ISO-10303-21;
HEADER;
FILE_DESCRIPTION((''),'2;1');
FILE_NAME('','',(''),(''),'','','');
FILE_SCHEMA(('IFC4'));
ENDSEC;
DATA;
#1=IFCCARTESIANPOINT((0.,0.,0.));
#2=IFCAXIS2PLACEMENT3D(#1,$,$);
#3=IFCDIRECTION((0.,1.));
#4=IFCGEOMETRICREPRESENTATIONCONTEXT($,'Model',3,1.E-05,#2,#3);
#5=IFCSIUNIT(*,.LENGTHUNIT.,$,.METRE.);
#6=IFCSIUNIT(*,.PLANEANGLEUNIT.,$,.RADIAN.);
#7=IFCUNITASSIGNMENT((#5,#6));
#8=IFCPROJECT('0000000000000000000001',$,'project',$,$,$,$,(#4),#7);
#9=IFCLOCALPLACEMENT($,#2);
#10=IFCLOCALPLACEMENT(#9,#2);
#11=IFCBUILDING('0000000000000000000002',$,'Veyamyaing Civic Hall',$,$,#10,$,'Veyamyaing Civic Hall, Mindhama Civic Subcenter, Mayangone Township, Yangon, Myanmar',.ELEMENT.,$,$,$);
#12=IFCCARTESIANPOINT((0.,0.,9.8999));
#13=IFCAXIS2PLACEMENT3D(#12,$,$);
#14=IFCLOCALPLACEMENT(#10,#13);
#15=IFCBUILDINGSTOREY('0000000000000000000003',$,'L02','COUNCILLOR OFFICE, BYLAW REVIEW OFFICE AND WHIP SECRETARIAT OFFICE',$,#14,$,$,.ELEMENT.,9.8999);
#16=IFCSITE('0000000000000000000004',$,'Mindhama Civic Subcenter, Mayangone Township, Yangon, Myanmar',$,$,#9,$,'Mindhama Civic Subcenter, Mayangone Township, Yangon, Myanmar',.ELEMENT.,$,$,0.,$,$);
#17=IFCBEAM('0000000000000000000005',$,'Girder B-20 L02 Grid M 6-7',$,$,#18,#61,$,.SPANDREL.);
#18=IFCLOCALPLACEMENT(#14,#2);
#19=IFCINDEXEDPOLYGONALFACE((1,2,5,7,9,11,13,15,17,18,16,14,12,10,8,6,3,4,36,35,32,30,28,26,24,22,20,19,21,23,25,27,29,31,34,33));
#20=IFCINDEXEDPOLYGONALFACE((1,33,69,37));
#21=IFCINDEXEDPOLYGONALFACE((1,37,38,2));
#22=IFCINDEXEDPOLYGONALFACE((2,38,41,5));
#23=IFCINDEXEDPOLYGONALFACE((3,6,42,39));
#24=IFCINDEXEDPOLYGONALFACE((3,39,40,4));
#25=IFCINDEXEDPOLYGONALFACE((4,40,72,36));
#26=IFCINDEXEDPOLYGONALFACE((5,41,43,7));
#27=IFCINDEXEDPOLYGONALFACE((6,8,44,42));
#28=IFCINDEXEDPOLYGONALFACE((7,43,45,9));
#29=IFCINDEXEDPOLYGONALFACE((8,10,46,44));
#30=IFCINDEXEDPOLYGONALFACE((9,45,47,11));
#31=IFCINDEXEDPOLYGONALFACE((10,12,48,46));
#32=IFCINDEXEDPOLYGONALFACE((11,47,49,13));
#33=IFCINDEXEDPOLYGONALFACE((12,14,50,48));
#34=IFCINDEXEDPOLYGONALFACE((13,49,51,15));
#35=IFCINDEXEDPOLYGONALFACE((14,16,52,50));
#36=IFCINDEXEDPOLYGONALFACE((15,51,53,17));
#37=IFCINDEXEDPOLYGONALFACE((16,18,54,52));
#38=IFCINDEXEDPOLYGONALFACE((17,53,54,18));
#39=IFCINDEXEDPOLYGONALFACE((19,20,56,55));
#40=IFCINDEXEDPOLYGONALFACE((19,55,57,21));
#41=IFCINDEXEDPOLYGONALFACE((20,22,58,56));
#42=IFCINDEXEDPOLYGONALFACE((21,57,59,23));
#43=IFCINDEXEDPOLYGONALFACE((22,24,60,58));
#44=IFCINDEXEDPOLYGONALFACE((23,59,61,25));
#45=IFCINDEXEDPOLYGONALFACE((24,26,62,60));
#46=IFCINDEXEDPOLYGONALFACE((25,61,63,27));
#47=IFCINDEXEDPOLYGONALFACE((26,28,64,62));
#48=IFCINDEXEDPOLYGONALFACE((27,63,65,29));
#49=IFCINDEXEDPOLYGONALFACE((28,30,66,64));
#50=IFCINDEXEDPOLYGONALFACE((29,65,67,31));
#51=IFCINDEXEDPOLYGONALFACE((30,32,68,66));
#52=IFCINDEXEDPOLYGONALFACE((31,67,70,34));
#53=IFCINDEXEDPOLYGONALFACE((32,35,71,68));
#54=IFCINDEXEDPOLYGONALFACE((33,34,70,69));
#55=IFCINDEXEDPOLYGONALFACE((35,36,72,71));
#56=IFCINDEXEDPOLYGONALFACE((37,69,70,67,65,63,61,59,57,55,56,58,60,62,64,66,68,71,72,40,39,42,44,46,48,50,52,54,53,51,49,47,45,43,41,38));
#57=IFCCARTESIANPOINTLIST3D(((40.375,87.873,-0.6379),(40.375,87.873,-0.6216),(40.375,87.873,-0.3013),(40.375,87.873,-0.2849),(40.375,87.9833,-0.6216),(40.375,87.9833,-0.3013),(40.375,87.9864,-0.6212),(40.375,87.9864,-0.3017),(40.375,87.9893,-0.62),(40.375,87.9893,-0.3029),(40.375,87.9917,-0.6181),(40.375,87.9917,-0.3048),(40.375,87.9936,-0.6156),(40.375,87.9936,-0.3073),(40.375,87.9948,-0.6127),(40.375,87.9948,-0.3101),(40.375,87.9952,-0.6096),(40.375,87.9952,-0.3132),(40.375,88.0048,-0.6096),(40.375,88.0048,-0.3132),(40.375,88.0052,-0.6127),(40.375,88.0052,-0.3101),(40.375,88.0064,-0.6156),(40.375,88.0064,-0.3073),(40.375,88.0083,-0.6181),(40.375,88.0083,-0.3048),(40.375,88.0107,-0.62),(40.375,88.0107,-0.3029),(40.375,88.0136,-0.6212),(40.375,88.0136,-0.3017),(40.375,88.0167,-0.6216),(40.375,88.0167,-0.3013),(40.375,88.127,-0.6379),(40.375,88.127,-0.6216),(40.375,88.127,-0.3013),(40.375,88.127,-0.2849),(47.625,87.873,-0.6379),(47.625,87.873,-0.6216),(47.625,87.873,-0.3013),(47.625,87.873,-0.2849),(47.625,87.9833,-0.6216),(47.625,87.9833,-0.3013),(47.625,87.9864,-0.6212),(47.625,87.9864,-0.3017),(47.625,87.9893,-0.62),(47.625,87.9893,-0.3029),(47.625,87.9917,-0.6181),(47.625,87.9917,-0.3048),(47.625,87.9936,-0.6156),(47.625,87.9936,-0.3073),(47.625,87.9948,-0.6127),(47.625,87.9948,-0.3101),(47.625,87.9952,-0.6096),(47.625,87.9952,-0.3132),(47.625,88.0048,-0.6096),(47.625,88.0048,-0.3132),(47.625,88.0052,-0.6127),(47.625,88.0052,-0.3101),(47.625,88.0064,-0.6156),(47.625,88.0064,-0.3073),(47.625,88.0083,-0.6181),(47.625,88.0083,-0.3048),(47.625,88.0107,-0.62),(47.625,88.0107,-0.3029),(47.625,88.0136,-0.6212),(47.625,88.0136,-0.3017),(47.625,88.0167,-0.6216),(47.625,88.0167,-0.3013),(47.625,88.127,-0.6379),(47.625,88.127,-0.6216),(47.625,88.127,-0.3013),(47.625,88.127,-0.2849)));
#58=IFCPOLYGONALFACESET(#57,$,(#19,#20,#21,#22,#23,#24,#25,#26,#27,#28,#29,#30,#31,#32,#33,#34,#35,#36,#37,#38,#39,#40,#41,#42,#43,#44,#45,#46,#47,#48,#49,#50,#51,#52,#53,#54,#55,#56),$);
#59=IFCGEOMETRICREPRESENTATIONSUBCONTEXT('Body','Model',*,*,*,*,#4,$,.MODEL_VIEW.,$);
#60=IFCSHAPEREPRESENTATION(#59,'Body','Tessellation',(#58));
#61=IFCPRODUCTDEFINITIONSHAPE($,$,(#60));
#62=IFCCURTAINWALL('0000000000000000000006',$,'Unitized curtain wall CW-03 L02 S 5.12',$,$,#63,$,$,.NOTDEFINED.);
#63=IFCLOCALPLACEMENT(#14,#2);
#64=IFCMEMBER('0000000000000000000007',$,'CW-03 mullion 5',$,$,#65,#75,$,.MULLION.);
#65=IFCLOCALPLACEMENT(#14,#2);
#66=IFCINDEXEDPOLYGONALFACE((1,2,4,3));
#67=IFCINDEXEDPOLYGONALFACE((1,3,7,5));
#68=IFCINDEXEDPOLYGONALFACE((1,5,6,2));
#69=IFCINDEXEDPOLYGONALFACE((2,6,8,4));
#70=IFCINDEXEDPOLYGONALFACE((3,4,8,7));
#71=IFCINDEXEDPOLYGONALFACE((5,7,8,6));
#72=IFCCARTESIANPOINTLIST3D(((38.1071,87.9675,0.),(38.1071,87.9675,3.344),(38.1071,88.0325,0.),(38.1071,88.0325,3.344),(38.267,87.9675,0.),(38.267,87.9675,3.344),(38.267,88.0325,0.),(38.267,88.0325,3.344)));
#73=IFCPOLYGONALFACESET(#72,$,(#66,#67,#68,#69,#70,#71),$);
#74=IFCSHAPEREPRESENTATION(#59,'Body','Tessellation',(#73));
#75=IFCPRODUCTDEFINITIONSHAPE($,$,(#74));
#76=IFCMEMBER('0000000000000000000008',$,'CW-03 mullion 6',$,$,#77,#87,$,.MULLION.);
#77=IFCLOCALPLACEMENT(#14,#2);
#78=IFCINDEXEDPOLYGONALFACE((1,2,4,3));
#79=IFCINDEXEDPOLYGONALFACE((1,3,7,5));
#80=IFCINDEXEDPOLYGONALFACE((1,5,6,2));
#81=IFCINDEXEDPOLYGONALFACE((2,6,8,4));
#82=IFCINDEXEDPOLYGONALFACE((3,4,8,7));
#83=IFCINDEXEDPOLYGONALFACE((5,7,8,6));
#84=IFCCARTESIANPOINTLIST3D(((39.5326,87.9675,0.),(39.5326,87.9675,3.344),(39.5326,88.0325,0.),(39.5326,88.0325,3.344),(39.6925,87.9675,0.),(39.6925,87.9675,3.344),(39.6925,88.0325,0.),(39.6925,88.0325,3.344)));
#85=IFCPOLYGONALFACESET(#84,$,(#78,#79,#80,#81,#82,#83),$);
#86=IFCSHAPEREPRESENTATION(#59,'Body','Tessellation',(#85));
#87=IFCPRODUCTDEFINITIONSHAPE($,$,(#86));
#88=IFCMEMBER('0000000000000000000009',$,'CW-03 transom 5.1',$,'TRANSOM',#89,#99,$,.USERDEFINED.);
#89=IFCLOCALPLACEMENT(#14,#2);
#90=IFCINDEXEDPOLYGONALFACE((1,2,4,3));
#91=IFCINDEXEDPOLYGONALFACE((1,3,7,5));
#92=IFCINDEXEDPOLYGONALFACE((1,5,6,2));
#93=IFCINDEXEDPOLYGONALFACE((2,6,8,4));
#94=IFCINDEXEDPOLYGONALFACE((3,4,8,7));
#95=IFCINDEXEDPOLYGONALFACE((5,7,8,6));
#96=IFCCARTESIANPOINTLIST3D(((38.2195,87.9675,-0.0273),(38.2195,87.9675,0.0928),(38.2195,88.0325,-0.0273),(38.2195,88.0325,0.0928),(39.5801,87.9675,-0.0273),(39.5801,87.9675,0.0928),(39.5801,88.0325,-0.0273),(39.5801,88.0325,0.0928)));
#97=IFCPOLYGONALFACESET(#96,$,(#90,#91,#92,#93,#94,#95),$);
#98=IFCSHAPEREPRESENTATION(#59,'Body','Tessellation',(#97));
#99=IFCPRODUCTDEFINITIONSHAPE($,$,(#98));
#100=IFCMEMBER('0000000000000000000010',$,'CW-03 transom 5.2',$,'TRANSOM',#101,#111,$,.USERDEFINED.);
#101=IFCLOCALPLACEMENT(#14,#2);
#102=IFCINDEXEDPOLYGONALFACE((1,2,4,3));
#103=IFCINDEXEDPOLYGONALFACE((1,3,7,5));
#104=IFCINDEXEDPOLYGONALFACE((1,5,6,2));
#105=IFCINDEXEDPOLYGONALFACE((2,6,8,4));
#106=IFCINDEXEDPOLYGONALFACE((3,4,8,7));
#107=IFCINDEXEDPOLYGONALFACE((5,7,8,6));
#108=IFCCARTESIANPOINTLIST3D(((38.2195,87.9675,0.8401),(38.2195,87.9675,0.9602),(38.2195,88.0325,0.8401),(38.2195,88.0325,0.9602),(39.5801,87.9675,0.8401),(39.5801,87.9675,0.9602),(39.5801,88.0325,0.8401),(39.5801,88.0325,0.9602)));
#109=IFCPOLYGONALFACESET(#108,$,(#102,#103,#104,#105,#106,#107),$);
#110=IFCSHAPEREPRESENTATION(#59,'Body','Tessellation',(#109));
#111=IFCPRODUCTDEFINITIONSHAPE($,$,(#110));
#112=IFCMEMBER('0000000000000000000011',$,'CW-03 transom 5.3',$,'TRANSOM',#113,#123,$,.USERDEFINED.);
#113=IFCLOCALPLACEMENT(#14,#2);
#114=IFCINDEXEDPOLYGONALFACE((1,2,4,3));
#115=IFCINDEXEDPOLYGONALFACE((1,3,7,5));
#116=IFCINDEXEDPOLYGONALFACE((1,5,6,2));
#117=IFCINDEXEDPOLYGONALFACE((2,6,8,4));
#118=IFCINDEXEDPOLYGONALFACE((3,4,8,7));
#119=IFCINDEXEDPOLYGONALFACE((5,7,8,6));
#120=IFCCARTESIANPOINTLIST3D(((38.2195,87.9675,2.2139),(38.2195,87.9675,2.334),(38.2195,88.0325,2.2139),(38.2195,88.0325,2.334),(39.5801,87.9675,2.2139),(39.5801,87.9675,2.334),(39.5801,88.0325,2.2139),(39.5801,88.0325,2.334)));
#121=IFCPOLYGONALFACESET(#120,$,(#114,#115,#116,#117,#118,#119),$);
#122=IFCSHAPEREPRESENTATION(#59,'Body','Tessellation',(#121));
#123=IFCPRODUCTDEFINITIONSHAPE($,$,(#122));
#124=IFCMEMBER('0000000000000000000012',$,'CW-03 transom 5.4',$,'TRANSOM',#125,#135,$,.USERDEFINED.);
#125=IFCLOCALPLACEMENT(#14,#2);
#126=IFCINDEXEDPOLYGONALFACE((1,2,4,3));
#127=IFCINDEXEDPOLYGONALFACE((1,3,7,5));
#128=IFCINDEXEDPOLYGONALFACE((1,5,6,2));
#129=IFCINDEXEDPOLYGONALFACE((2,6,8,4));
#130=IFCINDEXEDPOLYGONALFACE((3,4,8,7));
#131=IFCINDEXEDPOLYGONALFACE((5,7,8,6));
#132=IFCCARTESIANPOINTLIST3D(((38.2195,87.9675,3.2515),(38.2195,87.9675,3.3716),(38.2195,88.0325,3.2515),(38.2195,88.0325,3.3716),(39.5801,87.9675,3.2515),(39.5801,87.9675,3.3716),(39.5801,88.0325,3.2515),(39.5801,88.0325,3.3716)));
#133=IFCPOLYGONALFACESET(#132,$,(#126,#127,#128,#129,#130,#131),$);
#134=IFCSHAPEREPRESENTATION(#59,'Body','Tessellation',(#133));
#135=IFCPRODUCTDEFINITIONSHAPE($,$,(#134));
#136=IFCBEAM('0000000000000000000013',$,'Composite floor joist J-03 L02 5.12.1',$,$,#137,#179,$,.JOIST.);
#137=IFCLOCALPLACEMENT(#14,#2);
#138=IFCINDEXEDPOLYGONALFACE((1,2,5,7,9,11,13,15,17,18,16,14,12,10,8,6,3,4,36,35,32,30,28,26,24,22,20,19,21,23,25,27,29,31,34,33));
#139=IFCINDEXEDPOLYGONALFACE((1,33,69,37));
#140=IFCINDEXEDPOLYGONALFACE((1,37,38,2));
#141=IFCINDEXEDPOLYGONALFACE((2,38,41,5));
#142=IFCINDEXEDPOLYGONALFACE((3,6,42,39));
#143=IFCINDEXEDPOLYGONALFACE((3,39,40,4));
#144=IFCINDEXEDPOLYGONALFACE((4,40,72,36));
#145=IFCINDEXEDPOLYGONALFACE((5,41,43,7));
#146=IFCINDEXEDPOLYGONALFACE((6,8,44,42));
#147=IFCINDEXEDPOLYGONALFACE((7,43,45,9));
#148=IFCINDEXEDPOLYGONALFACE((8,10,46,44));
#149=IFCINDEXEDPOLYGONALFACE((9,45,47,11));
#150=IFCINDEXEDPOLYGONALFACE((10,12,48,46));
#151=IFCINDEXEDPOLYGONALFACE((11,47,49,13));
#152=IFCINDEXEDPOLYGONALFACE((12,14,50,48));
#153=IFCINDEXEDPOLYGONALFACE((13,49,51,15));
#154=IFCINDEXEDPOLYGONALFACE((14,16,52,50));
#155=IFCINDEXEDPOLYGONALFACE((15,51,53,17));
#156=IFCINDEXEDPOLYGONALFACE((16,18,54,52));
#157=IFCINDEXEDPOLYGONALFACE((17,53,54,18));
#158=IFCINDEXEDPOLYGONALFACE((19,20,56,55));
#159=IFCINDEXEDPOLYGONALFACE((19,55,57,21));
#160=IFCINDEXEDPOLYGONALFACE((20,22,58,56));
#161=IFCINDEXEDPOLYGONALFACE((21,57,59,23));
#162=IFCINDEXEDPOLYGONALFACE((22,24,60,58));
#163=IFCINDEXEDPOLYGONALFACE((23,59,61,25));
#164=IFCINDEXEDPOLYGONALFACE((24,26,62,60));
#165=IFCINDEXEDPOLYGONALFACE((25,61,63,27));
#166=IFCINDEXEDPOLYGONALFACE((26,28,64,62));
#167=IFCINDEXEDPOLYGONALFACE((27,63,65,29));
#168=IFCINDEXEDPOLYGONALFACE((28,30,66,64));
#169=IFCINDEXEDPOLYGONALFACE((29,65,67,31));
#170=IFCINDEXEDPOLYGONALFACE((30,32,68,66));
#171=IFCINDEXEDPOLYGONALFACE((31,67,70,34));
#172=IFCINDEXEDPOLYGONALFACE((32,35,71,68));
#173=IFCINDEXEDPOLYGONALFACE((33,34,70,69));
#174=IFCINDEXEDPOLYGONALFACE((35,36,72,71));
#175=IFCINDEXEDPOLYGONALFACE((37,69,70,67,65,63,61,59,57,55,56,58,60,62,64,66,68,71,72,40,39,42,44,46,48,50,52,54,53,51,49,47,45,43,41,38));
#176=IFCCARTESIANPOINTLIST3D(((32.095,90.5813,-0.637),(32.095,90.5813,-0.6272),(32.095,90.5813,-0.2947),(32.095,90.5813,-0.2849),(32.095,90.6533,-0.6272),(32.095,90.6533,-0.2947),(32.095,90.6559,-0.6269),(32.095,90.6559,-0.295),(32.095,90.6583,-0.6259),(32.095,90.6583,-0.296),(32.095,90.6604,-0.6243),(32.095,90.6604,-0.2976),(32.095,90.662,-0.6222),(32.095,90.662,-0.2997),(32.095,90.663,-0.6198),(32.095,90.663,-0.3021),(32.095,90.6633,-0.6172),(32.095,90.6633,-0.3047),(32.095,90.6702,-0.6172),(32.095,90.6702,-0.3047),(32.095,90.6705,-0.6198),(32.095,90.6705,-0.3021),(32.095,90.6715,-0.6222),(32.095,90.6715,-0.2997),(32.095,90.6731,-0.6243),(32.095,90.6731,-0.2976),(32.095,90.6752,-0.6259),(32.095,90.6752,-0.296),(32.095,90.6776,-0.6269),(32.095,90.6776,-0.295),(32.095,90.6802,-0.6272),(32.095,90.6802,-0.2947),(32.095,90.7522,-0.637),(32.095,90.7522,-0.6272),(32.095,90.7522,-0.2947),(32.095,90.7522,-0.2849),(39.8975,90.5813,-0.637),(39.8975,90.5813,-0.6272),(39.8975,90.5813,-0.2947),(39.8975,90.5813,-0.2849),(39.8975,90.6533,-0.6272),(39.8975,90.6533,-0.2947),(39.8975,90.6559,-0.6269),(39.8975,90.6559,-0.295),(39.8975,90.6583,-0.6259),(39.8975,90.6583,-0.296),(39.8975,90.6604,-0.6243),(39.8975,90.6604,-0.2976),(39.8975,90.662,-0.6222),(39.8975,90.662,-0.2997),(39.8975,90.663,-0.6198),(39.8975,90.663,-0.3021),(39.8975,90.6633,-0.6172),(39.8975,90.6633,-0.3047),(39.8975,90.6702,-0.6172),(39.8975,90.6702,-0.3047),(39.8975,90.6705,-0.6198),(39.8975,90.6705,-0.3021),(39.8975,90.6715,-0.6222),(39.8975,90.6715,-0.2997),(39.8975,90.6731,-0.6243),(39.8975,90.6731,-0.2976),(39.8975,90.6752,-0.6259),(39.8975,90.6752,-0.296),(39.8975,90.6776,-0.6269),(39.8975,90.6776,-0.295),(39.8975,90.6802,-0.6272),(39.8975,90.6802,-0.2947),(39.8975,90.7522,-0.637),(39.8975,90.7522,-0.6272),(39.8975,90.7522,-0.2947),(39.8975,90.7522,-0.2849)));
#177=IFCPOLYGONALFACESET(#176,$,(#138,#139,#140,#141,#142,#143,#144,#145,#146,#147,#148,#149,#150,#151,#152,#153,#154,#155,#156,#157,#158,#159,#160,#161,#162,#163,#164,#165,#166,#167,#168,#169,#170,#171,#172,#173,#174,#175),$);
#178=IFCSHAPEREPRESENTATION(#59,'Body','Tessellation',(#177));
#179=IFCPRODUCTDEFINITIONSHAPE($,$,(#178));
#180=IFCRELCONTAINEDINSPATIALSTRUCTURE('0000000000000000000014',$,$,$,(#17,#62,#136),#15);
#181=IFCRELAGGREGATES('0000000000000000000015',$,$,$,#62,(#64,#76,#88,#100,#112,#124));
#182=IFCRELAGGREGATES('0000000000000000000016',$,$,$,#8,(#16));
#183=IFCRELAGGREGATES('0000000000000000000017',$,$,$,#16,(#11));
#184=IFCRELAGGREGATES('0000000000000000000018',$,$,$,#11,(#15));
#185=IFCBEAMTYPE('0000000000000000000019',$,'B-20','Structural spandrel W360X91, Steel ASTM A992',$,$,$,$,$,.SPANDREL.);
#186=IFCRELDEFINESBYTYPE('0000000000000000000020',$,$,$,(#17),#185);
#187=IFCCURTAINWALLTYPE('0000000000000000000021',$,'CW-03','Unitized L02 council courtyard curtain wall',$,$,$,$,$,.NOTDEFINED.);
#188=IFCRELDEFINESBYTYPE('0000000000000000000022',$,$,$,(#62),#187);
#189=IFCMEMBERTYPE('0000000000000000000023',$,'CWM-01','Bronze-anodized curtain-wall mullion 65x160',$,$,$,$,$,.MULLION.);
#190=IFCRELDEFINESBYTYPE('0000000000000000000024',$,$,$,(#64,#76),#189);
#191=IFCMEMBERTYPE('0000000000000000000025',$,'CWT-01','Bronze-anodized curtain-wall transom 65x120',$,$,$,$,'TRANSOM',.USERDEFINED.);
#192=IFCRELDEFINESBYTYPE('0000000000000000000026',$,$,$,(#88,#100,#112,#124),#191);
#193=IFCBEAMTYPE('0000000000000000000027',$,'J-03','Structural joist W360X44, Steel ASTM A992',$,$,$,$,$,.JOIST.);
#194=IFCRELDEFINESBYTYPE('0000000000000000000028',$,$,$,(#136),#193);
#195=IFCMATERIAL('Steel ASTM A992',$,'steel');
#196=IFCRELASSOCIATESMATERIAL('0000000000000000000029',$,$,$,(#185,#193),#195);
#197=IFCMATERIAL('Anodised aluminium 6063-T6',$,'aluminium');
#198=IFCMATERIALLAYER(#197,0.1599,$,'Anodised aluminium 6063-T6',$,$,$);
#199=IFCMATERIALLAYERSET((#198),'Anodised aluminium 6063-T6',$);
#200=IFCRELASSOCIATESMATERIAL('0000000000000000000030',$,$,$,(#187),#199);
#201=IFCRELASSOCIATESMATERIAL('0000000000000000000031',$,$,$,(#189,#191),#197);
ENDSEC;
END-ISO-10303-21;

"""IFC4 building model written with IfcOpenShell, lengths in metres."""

from ifc_helpers import new_model, si_unit, direction, frame, origin, origin_2d, place, context, subcontext, project, spatial, rectangle, i_section, extrude, material, layer, layer_set, material_profile, profile_set, type_object, element, aggregate, save


model = new_model("IFC4")

# Units and contexts
model_context = context("Model", 3, precision=1e-05, world=origin(), true_north=direction((0.0, 1.0)))
body_context = subcontext(model_context, "Body", "Model", "MODEL_VIEW")
ifc_project = project(units=[si_unit("LENGTHUNIT", "METRE"), si_unit("PLANEANGLEUNIT", "RADIAN")], contexts=[model_context])

# Site, building, storey
site_placement = place(None, origin())
site = spatial("IfcSite", under=ifc_project, at=site_placement, Name="Mindhama Civic Subcenter, Mayangone Township, Yangon, Myanmar", LongName="Mindhama Civic Subcenter, Mayangone Township, Yangon, Myanmar", CompositionType="ELEMENT", RefElevation=0.0)
building_placement = place(site_placement, origin())
building = spatial("IfcBuilding", under=site, at=building_placement, Name="Veyamyaing Civic Hall", LongName="Veyamyaing Civic Hall, Mindhama Civic Subcenter, Mayangone Township, Yangon, Myanmar", CompositionType="ELEMENT")
storey_placement = place(building_placement, frame((0.0, 0.0, 9.8999)))
storey = spatial("IfcBuildingStorey", under=building, at=storey_placement, Name="L02", Description="COUNCILLOR OFFICE, BYLAW REVIEW OFFICE AND WHIP SECRETARIAT OFFICE", CompositionType="ELEMENT", Elevation=9.8999)

# Beam
ifc_material_1 = material(Name="Steel ASTM A992", Category="steel")
ifc_material_profile_1 = material_profile(ifc_material_1, i_section(OverallWidth=0.2539, OverallDepth=0.353, WebThickness=0.0095, FlangeThickness=0.0164, FilletRadius=0.012, at=origin_2d()), Name="W360X91")
ifc_profile_set_1 = profile_set([ifc_material_profile_1], Name="Steel ASTM A992")
beam_type_1 = type_object("IfcBeamType", Name="B-20", Description="Structural spandrel W360X91, Steel ASTM A992", PredefinedType="SPANDREL", material=ifc_profile_set_1)
beam_1_placement = place(storey_placement, frame((40.375, 88.0, -0.4614), z_axis=(1.0, 0.0, 0.0), x_axis=(0.0, 1.0, 0.0)))
element("IfcBeam", 1, at=beam_1_placement, inside=storey, type_object=beam_type_1, Name="Girder B-20 L02 Grid M 6-7", PredefinedType="SPANDREL", context=body_context, shape_type="SweptSolid", body=[
    extrude(i_section(OverallWidth=0.2539, OverallDepth=0.353, WebThickness=0.0095, FlangeThickness=0.0164, FilletRadius=0.012, at=origin_2d()), origin(), (0.0, 0.0, 1.0), 7.25),
])

# Curtain wall, members
ifc_material_2 = material(Name="Anodised aluminium 6063-T6", Category="aluminium")
ifc_layer_1 = layer(ifc_material_2, 0.1599, Name="Anodised aluminium 6063-T6")
ifc_layer_set_1 = layer_set([ifc_layer_1], Name="Anodised aluminium 6063-T6")
curtain_wall_type = type_object("IfcCurtainWallType", Name="CW-03", Description="Unitized L02 council courtyard curtain wall", PredefinedType="NOTDEFINED", material=ifc_layer_set_1)
curtain_wall_placement = place(storey_placement, origin())
curtain_wall = element("IfcCurtainWall", 2, at=curtain_wall_placement, inside=storey, type_object=curtain_wall_type, Name="Unitized curtain wall CW-03 L02 S 5.12", PredefinedType="NOTDEFINED")
ifc_material_profile_2 = material_profile(ifc_material_2, rectangle(XDim=0.0649, YDim=0.1599, at=origin_2d()), Name="ALU-MUL-65X160")
ifc_profile_set_2 = profile_set([ifc_material_profile_2], Name="Anodised aluminium 6063-T6")
member_type_1 = type_object("IfcMemberType", Name="CWM-01", Description="Bronze-anodized curtain-wall mullion 65x160", PredefinedType="MULLION", material=ifc_profile_set_2)
member_1_placement = place(storey_placement, frame((38.187, 88.0, 0.0), z_axis=(0.0, 0.0, 1.0), x_axis=(0.0, 1.0, 0.0)))
member_1 = element("IfcMember", 3, at=member_1_placement, type_object=member_type_1, Name="CW-03 mullion 5", PredefinedType="MULLION", context=body_context, shape_type="SweptSolid", body=[
    extrude(rectangle(XDim=0.0649, YDim=0.1599, at=origin_2d()), origin(), (0.0, 0.0, 1.0), 3.344),
])
member_2_placement = place(storey_placement, frame((39.6125, 88.0, 0.0), z_axis=(0.0, 0.0, 1.0), x_axis=(0.0, 1.0, 0.0)))
member_2 = element("IfcMember", 4, at=member_2_placement, type_object=member_type_1, Name="CW-03 mullion 6", PredefinedType="MULLION", context=body_context, shape_type="SweptSolid", body=[
    extrude(rectangle(XDim=0.0649, YDim=0.1599, at=origin_2d()), origin(), (0.0, 0.0, 1.0), 3.344),
])
ifc_material_profile_3 = material_profile(ifc_material_2, rectangle(XDim=0.0649, YDim=0.1201, at=origin_2d()), Name="ALU-TRN-65X120")
ifc_profile_set_3 = profile_set([ifc_material_profile_3], Name="Anodised aluminium 6063-T6")
member_type_2 = type_object("IfcMemberType", Name="CWT-01", Description="Bronze-anodized curtain-wall transom 65x120", ElementType="TRANSOM", PredefinedType="USERDEFINED", material=ifc_profile_set_3)
member_3_placement = place(storey_placement, frame((38.2195, 88.0, 0.0327), z_axis=(1.0, 0.0, 0.0), x_axis=(0.0, 1.0, 0.0)))
member_3 = element("IfcMember", 5, at=member_3_placement, type_object=member_type_2, Name="CW-03 transom 5.1", ObjectType="TRANSOM", PredefinedType="USERDEFINED", context=body_context, shape_type="SweptSolid", body=[
    extrude(rectangle(XDim=0.0649, YDim=0.1201, at=origin_2d()), origin(), (0.0, 0.0, 1.0), 1.3606),
])
member_4_placement = place(storey_placement, frame((38.2195, 88.0, 0.9001), z_axis=(1.0, 0.0, 0.0), x_axis=(0.0, 1.0, 0.0)))
member_4 = element("IfcMember", 6, at=member_4_placement, type_object=member_type_2, Name="CW-03 transom 5.2", ObjectType="TRANSOM", PredefinedType="USERDEFINED", context=body_context, shape_type="SweptSolid", body=[
    extrude(rectangle(XDim=0.0649, YDim=0.1201, at=origin_2d()), origin(), (0.0, 0.0, 1.0), 1.3606),
])
member_5_placement = place(storey_placement, frame((38.2195, 88.0, 2.2739), z_axis=(1.0, 0.0, 0.0), x_axis=(0.0, 1.0, 0.0)))
member_5 = element("IfcMember", 7, at=member_5_placement, type_object=member_type_2, Name="CW-03 transom 5.3", ObjectType="TRANSOM", PredefinedType="USERDEFINED", context=body_context, shape_type="SweptSolid", body=[
    extrude(rectangle(XDim=0.0649, YDim=0.1201, at=origin_2d()), origin(), (0.0, 0.0, 1.0), 1.3606),
])
member_6_placement = place(storey_placement, frame((38.2195, 88.0, 3.3115), z_axis=(1.0, 0.0, 0.0), x_axis=(0.0, 1.0, 0.0)))
member_6 = element("IfcMember", 8, at=member_6_placement, type_object=member_type_2, Name="CW-03 transom 5.4", ObjectType="TRANSOM", PredefinedType="USERDEFINED", context=body_context, shape_type="SweptSolid", body=[
    extrude(rectangle(XDim=0.0649, YDim=0.1201, at=origin_2d()), origin(), (0.0, 0.0, 1.0), 1.3606),
])

# Beam
ifc_material_profile_4 = material_profile(ifc_material_1, i_section(OverallWidth=0.1709, OverallDepth=0.3521, WebThickness=0.0068, FlangeThickness=0.0098, FilletRadius=0.01, at=origin_2d()), Name="W360X44")
ifc_profile_set_4 = profile_set([ifc_material_profile_4], Name="Steel ASTM A992")
beam_type_2 = type_object("IfcBeamType", Name="J-03", Description="Structural joist W360X44, Steel ASTM A992", PredefinedType="JOIST", material=ifc_profile_set_4)
for number, where, z_axis, x_axis, name in (
    (9, (32.095, 90.6667, -0.4609), (1.0, 0.0, 0.0), (0.0, 1.0, 0.0), "Composite floor joist J-03 L02 5.12.1"),
):
    element("IfcBeam", number, at=place(storey_placement, frame(where, z_axis=z_axis, x_axis=x_axis)), inside=storey, type_object=beam_type_2, Name=name, PredefinedType="JOIST", context=body_context, shape_type="SweptSolid", body=[
        extrude(i_section(OverallWidth=0.1709, OverallDepth=0.3521, WebThickness=0.0068, FlangeThickness=0.0098, FilletRadius=0.01, at=origin_2d()), origin(), (0.0, 0.0, 1.0), 7.8025),
    ])

aggregate(curtain_wall, [member_1, member_2, member_3, member_4, member_5, member_6])

save(model, "model.ifc")
